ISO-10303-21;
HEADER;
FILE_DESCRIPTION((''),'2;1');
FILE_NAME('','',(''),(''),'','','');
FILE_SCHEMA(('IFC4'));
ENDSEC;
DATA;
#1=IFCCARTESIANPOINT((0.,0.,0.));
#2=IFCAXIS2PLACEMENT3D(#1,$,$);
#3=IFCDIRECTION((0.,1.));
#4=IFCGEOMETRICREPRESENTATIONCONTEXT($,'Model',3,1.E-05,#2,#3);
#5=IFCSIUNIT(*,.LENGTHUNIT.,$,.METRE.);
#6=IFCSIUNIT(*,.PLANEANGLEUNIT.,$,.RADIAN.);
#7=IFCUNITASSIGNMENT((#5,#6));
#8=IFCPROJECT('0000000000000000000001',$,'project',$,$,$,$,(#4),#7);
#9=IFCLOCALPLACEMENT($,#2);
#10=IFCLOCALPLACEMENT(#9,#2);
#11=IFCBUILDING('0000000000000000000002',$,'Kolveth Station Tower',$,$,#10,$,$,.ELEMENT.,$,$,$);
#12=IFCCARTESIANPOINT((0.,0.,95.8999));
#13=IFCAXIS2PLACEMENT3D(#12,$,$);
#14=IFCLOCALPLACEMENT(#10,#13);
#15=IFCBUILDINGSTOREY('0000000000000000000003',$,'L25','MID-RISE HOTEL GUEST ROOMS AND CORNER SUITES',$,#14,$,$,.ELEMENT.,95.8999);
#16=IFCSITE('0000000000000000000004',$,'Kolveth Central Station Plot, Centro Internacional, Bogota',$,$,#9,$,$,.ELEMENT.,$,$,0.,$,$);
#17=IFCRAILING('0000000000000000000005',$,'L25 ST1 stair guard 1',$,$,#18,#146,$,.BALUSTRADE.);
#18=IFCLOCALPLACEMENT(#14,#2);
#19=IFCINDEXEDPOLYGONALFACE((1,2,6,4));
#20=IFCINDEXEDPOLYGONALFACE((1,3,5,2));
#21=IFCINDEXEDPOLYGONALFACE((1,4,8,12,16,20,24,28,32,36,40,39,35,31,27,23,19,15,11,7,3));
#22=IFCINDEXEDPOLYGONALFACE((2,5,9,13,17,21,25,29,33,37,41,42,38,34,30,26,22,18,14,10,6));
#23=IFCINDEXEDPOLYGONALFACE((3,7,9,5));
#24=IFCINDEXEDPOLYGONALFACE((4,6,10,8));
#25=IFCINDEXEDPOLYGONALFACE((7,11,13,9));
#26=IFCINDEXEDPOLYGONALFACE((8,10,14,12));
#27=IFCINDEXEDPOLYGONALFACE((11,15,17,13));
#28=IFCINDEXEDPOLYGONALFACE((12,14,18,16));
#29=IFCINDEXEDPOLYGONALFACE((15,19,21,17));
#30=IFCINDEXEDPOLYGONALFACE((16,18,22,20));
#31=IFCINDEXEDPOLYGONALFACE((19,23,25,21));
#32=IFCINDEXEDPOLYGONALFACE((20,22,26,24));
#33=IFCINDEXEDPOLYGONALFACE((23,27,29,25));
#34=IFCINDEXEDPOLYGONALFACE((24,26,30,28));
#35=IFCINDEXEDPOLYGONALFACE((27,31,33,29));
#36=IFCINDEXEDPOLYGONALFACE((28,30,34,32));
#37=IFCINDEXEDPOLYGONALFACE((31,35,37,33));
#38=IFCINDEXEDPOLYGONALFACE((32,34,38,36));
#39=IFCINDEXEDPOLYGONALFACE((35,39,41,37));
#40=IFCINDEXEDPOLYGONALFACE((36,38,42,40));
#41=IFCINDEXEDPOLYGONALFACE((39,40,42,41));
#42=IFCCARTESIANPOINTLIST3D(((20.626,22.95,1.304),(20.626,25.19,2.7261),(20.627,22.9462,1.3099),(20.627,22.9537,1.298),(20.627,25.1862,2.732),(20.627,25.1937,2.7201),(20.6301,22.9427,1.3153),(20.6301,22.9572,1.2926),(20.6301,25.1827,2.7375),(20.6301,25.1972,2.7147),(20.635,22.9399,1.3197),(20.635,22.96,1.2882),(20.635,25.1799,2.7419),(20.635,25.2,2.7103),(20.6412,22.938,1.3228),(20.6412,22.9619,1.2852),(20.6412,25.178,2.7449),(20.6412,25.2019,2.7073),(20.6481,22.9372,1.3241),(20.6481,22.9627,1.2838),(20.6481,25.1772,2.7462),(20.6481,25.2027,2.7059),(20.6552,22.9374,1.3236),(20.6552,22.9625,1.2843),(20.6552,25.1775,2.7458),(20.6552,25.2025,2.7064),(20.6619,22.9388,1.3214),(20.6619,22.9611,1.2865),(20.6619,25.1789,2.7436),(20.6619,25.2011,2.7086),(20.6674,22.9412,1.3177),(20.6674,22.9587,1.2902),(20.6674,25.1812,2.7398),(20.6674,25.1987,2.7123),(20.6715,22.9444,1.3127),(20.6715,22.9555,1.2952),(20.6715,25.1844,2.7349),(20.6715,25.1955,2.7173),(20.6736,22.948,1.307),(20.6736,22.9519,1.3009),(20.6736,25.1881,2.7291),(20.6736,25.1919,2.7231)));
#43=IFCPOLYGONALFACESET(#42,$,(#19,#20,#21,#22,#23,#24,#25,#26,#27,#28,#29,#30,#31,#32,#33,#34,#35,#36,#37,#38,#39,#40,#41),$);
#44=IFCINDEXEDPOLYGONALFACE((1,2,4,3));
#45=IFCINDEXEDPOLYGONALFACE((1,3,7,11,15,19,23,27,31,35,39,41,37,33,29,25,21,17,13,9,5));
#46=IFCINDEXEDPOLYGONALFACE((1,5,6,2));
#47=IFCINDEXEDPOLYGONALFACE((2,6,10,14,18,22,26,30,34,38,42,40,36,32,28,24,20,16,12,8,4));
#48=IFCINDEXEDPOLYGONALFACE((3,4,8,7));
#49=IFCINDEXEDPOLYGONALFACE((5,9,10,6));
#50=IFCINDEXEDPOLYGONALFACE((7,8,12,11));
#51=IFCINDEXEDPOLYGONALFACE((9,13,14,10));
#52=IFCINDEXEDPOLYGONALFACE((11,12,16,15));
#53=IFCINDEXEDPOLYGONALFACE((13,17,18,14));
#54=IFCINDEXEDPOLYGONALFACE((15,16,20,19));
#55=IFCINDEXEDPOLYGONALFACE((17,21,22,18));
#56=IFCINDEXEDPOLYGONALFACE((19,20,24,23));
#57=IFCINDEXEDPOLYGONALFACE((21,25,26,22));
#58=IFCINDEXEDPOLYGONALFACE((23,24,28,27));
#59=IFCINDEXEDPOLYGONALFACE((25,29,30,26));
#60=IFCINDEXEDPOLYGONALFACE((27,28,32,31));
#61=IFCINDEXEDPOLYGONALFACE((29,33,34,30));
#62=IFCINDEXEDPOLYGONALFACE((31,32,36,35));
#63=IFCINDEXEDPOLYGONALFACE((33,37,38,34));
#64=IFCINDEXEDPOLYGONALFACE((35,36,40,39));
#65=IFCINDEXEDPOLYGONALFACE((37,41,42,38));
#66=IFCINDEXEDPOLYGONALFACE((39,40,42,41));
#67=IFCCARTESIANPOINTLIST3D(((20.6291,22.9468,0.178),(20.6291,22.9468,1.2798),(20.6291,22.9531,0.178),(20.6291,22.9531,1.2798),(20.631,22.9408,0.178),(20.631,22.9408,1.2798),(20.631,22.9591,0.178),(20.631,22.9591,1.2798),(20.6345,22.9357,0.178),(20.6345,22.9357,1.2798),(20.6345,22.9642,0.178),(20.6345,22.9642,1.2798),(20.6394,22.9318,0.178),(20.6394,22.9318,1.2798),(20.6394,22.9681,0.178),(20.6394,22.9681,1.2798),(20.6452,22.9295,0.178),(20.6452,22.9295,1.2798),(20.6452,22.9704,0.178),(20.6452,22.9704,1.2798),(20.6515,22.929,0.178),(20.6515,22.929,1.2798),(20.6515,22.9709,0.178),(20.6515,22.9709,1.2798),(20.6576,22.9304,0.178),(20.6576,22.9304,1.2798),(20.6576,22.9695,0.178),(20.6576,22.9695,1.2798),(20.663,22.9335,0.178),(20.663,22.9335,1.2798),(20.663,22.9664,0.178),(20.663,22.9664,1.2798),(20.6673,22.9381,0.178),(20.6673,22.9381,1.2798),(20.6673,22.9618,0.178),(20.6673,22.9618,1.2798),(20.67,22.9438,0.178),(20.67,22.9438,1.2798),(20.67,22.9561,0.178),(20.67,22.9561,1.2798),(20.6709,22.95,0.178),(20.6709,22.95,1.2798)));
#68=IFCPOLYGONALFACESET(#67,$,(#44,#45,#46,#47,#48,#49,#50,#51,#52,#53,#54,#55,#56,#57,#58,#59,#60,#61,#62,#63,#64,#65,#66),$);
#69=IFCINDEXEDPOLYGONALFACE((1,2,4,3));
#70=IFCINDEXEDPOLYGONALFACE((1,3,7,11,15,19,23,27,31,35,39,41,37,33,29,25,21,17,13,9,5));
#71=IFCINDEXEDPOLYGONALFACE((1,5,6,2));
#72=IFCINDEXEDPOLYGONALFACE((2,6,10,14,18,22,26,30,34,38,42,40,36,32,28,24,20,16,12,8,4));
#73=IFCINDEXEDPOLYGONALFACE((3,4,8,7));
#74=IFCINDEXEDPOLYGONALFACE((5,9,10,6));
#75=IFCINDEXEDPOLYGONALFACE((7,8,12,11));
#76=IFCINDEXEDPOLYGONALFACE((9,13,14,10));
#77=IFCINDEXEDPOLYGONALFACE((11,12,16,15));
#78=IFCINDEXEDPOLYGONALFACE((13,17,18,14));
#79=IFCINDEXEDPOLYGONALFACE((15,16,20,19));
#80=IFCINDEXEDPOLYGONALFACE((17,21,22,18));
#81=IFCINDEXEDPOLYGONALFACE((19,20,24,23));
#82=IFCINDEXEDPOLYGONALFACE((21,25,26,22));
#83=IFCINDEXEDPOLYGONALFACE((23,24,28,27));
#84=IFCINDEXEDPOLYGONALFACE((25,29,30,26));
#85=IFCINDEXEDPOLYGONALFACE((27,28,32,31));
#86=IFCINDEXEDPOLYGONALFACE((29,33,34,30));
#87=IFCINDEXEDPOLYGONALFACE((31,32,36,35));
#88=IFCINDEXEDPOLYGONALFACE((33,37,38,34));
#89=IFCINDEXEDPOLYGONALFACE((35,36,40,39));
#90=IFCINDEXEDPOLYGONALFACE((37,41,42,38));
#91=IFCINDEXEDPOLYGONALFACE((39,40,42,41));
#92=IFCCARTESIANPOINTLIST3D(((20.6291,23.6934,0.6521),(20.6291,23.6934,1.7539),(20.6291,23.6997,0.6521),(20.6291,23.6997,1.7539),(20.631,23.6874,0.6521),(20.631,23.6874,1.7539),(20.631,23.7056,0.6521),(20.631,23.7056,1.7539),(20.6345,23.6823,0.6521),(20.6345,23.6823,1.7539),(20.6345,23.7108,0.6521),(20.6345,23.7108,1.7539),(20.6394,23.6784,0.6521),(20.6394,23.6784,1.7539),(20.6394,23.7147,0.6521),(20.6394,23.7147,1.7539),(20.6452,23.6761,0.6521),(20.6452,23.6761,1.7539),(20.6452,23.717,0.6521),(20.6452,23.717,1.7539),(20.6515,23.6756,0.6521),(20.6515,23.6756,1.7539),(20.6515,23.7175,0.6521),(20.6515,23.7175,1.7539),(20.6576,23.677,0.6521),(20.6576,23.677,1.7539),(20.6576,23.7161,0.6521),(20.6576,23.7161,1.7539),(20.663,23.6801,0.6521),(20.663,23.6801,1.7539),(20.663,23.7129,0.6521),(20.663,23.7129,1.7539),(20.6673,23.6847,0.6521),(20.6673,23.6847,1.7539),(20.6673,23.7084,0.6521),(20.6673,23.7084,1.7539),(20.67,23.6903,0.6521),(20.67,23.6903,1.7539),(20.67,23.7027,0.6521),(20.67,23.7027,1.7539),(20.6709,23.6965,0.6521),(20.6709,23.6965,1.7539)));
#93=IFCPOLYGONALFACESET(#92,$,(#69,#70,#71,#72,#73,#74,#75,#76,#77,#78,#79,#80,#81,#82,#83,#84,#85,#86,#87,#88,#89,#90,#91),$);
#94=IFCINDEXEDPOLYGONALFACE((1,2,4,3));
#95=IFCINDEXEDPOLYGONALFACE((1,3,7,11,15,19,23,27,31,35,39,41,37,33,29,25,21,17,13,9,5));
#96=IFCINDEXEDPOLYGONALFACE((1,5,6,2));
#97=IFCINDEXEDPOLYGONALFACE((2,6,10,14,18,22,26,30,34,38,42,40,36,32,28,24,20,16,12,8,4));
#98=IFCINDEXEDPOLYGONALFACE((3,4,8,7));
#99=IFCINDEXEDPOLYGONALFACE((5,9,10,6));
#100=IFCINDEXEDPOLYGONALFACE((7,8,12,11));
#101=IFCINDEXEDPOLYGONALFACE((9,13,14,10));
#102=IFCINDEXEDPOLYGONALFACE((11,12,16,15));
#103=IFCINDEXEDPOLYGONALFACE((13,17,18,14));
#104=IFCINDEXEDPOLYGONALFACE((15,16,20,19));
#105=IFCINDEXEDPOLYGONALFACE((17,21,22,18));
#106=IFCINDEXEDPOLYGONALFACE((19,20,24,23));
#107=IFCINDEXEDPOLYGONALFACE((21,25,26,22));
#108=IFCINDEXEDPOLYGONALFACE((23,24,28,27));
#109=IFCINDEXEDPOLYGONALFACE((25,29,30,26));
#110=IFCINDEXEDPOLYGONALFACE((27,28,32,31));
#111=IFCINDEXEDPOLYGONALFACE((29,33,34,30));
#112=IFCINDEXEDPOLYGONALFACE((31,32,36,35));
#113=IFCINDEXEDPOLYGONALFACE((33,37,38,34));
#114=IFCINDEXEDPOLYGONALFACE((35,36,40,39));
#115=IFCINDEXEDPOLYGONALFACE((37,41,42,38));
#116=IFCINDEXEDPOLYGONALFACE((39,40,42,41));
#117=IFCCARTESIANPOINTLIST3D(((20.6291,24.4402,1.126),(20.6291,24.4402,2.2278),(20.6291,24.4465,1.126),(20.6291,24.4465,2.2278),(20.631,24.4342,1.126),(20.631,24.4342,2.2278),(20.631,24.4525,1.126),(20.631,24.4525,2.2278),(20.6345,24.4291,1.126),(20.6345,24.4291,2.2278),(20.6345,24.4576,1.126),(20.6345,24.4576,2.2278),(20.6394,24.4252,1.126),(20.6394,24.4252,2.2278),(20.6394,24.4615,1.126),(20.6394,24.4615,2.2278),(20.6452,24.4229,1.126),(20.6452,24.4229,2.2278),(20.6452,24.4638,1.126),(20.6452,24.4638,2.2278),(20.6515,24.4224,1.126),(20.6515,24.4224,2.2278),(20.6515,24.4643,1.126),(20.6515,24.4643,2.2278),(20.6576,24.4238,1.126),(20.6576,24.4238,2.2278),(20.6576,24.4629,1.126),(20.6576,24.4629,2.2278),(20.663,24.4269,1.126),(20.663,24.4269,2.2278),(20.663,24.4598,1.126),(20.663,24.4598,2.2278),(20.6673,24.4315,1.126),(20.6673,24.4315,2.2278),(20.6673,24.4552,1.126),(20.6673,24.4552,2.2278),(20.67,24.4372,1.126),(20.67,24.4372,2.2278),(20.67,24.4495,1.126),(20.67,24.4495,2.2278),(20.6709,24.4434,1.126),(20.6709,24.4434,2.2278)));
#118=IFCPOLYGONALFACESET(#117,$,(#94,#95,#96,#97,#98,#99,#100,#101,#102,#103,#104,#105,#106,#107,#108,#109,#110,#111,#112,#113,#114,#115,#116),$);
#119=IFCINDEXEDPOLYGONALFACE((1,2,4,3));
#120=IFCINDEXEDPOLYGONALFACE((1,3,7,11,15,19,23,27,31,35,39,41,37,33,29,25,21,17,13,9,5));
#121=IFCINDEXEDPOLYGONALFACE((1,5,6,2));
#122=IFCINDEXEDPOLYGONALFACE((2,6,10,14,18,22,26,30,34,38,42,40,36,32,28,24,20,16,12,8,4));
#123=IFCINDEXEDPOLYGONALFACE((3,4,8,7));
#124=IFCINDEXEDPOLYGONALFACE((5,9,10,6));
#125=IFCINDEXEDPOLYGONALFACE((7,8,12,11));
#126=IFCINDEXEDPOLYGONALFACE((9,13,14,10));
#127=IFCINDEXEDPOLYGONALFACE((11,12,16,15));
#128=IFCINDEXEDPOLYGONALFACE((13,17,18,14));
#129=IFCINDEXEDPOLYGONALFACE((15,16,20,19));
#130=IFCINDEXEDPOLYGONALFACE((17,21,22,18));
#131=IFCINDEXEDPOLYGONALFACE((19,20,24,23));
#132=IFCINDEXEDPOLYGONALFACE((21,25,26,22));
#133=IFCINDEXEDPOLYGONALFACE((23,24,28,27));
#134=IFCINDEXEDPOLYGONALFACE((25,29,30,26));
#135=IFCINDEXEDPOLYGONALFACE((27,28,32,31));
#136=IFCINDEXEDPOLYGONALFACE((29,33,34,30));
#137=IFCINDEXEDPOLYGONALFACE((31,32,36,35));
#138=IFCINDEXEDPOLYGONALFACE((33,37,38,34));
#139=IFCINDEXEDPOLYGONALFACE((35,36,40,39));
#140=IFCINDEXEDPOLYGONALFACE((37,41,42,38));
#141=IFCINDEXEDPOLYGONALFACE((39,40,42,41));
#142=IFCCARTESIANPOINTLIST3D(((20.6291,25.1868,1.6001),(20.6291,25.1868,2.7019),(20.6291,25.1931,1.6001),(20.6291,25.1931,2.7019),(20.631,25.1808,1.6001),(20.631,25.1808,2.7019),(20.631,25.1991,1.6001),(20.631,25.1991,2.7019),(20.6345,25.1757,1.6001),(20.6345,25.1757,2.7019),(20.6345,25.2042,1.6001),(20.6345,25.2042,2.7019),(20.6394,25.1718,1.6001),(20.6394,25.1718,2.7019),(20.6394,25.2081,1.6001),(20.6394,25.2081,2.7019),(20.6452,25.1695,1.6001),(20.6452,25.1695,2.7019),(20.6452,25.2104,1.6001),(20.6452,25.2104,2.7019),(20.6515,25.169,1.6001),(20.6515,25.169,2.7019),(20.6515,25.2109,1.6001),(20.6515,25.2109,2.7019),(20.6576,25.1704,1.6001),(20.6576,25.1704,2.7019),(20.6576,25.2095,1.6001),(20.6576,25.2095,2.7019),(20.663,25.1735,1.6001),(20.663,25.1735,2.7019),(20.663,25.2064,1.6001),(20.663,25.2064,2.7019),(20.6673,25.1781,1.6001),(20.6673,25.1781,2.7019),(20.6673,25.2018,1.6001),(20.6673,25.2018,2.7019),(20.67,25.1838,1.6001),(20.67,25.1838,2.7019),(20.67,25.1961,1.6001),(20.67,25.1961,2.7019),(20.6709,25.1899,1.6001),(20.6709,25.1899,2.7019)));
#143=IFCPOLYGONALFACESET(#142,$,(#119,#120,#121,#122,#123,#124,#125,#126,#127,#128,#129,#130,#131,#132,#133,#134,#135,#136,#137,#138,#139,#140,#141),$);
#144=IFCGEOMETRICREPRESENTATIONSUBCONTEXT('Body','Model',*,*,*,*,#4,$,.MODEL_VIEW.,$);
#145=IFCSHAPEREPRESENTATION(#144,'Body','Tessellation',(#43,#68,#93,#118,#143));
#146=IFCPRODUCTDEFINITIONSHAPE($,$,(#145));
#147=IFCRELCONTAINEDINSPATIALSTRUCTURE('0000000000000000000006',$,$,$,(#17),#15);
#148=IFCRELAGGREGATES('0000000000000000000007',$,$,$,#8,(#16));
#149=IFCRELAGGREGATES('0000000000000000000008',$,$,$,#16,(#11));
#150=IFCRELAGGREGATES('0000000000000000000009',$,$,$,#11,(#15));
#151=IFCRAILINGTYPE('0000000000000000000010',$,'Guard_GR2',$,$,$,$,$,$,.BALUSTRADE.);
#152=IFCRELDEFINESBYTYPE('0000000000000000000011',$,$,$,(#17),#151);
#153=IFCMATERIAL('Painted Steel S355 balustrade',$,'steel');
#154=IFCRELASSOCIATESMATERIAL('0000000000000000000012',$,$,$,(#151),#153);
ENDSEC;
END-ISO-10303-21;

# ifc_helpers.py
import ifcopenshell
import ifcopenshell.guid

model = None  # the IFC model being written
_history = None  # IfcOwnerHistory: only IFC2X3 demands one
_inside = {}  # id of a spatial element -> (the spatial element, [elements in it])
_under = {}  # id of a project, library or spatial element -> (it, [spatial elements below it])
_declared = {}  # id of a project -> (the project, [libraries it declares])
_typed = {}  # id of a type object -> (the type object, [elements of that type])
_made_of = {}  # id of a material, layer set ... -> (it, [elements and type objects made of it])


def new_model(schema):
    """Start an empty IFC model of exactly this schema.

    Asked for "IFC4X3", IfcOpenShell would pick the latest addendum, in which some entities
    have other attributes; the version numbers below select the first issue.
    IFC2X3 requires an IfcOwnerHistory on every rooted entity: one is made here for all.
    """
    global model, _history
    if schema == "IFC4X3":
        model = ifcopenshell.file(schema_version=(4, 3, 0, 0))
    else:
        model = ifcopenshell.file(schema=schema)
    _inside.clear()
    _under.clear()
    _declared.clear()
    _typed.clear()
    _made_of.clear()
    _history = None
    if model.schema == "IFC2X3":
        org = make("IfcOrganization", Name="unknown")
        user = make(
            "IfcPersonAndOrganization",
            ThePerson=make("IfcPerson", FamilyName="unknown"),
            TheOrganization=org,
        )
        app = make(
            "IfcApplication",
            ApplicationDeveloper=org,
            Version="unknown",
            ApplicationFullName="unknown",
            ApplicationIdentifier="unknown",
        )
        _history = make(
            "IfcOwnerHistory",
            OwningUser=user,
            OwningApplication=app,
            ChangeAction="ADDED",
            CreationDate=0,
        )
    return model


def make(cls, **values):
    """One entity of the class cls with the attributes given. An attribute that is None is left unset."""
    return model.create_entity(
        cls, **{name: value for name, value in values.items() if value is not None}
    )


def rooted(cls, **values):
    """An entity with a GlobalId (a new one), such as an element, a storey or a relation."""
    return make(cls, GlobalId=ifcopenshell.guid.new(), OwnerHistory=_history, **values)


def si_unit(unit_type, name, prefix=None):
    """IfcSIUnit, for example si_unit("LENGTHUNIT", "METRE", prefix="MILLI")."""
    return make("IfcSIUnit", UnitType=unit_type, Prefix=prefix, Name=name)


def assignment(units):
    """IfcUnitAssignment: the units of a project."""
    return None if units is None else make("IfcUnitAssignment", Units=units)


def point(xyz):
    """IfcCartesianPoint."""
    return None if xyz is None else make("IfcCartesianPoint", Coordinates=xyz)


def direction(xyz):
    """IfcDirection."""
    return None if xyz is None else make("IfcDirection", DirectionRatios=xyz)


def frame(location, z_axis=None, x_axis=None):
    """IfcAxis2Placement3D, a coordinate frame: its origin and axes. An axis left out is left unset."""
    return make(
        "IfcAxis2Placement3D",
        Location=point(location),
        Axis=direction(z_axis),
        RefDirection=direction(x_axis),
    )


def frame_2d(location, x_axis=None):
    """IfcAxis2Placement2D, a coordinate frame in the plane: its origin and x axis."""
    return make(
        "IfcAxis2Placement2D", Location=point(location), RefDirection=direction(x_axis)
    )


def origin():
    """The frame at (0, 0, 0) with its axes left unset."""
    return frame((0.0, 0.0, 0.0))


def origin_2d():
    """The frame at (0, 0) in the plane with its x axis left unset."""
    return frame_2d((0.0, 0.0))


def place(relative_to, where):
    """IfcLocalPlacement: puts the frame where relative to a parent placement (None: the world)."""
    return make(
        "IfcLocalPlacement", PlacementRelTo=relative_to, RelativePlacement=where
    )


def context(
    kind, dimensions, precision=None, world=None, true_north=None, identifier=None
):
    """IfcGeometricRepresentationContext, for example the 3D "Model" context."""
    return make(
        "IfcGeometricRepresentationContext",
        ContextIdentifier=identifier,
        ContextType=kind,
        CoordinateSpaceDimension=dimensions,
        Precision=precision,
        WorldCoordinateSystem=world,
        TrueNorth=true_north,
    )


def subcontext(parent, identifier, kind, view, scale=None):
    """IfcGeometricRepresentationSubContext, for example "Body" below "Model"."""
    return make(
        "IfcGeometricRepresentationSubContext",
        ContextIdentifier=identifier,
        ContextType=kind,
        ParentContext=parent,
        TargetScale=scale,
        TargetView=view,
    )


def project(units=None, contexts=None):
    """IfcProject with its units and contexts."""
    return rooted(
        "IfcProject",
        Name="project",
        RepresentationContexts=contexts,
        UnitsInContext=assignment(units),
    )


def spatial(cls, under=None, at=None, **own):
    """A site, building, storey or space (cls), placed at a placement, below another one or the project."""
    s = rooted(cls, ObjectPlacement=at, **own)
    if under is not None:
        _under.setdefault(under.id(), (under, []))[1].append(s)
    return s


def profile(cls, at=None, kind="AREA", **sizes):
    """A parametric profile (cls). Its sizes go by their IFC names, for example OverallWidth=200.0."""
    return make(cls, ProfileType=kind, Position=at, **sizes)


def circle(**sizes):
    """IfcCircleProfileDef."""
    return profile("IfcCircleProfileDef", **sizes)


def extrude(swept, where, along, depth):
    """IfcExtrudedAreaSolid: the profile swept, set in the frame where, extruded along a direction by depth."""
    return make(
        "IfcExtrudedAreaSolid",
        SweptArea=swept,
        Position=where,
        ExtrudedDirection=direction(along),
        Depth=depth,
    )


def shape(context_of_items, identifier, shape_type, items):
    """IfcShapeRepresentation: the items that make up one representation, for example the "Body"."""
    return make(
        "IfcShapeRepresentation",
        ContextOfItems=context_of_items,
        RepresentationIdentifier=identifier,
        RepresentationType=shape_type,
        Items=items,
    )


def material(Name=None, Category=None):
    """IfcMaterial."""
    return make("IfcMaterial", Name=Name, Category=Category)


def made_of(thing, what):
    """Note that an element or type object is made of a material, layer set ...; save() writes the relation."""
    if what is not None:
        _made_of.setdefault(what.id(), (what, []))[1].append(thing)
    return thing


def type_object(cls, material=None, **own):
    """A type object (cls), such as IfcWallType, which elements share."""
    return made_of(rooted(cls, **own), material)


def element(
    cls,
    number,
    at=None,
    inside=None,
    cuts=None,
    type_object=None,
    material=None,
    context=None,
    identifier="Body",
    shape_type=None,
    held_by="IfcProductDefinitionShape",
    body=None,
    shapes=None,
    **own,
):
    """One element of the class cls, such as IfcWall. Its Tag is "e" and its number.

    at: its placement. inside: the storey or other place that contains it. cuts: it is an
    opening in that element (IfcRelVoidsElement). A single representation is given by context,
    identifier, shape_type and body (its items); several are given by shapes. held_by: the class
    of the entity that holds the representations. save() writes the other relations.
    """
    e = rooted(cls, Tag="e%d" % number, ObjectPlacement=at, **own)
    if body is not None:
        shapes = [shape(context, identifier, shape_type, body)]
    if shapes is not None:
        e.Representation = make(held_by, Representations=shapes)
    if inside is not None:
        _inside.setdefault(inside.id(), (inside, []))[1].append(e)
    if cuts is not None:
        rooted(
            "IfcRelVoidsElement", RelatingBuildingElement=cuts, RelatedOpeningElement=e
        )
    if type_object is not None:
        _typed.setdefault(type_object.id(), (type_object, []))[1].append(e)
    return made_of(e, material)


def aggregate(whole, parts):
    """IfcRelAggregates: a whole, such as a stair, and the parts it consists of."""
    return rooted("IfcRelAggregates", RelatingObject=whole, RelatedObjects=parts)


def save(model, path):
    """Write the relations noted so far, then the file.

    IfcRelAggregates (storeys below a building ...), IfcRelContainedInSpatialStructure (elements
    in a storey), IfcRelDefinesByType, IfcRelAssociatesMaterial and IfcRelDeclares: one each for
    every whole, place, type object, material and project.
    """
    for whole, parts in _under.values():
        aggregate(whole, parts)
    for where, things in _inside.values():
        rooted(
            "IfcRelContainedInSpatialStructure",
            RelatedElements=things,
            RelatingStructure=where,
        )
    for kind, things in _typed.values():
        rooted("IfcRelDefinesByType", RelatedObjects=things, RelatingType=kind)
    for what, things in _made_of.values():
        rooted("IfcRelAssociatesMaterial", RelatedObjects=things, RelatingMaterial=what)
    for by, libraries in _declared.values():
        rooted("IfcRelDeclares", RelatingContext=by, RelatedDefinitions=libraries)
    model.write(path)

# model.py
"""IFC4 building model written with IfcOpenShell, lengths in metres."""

from ifc_helpers import new_model, si_unit, direction, frame, origin, origin_2d, place, context, subcontext, project, spatial, circle, extrude, material, type_object, element, save


model = new_model("IFC4")

# Units and contexts
model_context = context("Model", 3, precision=1e-05, world=origin(), true_north=direction((0.0, 1.0)))
body_context = subcontext(model_context, "Body", "Model", "MODEL_VIEW")
ifc_project = project(units=[si_unit("LENGTHUNIT", "METRE"), si_unit("PLANEANGLEUNIT", "RADIAN")], contexts=[model_context])

# Site, building, storey
site_placement = place(None, origin())
site = spatial("IfcSite", under=ifc_project, at=site_placement, Name="Kolveth Central Station Plot, Centro Internacional, Bogota", CompositionType="ELEMENT", RefElevation=0.0)
building_placement = place(site_placement, origin())
building = spatial("IfcBuilding", under=site, at=building_placement, Name="Kolveth Station Tower", CompositionType="ELEMENT")
storey_placement = place(building_placement, frame((0.0, 0.0, 95.8999)))
storey = spatial("IfcBuildingStorey", under=building, at=storey_placement, Name="L25", Description="MID-RISE HOTEL GUEST ROOMS AND CORNER SUITES", CompositionType="ELEMENT", Elevation=95.8999)

# Railing
ifc_material_1 = material(Name="Painted Steel S355 balustrade", Category="steel")
railing_type_1 = type_object("IfcRailingType", Name="Guard_GR2", PredefinedType="BALUSTRADE", material=ifc_material_1)
railing_1_placement = place(storey_placement, frame((20.6499, 22.95, 0.178)))
element("IfcRailing", 1, at=railing_1_placement, inside=storey, type_object=railing_type_1, Name="L25 ST1 stair guard 1", PredefinedType="BALUSTRADE", context=body_context, shape_type="SweptSolid", body=[
    extrude(circle(Radius=0.0239, at=origin_2d()), frame((0.0, 0.0, 1.126), z_axis=(0.0, 0.844229, 0.535982), x_axis=(-1.0, 0.0, 0.0)), (0.0, 0.0, 1.0), 2.6533),
    extrude(circle(Radius=0.021, at=origin_2d()), origin(), (0.0, 0.0, 1.0), 1.1018),
    extrude(circle(Radius=0.021, at=origin_2d()), frame((0.0, 0.7466, 0.4741)), (0.0, 0.0, 1.0), 1.1018),
    extrude(circle(Radius=0.021, at=origin_2d()), frame((0.0, 1.4934, 0.948)), (0.0, 0.0, 1.0), 1.1018),
    extrude(circle(Radius=0.021, at=origin_2d()), frame((0.0, 2.24, 1.4221)), (0.0, 0.0, 1.0), 1.1018),
])

save(model, "model.ifc")
